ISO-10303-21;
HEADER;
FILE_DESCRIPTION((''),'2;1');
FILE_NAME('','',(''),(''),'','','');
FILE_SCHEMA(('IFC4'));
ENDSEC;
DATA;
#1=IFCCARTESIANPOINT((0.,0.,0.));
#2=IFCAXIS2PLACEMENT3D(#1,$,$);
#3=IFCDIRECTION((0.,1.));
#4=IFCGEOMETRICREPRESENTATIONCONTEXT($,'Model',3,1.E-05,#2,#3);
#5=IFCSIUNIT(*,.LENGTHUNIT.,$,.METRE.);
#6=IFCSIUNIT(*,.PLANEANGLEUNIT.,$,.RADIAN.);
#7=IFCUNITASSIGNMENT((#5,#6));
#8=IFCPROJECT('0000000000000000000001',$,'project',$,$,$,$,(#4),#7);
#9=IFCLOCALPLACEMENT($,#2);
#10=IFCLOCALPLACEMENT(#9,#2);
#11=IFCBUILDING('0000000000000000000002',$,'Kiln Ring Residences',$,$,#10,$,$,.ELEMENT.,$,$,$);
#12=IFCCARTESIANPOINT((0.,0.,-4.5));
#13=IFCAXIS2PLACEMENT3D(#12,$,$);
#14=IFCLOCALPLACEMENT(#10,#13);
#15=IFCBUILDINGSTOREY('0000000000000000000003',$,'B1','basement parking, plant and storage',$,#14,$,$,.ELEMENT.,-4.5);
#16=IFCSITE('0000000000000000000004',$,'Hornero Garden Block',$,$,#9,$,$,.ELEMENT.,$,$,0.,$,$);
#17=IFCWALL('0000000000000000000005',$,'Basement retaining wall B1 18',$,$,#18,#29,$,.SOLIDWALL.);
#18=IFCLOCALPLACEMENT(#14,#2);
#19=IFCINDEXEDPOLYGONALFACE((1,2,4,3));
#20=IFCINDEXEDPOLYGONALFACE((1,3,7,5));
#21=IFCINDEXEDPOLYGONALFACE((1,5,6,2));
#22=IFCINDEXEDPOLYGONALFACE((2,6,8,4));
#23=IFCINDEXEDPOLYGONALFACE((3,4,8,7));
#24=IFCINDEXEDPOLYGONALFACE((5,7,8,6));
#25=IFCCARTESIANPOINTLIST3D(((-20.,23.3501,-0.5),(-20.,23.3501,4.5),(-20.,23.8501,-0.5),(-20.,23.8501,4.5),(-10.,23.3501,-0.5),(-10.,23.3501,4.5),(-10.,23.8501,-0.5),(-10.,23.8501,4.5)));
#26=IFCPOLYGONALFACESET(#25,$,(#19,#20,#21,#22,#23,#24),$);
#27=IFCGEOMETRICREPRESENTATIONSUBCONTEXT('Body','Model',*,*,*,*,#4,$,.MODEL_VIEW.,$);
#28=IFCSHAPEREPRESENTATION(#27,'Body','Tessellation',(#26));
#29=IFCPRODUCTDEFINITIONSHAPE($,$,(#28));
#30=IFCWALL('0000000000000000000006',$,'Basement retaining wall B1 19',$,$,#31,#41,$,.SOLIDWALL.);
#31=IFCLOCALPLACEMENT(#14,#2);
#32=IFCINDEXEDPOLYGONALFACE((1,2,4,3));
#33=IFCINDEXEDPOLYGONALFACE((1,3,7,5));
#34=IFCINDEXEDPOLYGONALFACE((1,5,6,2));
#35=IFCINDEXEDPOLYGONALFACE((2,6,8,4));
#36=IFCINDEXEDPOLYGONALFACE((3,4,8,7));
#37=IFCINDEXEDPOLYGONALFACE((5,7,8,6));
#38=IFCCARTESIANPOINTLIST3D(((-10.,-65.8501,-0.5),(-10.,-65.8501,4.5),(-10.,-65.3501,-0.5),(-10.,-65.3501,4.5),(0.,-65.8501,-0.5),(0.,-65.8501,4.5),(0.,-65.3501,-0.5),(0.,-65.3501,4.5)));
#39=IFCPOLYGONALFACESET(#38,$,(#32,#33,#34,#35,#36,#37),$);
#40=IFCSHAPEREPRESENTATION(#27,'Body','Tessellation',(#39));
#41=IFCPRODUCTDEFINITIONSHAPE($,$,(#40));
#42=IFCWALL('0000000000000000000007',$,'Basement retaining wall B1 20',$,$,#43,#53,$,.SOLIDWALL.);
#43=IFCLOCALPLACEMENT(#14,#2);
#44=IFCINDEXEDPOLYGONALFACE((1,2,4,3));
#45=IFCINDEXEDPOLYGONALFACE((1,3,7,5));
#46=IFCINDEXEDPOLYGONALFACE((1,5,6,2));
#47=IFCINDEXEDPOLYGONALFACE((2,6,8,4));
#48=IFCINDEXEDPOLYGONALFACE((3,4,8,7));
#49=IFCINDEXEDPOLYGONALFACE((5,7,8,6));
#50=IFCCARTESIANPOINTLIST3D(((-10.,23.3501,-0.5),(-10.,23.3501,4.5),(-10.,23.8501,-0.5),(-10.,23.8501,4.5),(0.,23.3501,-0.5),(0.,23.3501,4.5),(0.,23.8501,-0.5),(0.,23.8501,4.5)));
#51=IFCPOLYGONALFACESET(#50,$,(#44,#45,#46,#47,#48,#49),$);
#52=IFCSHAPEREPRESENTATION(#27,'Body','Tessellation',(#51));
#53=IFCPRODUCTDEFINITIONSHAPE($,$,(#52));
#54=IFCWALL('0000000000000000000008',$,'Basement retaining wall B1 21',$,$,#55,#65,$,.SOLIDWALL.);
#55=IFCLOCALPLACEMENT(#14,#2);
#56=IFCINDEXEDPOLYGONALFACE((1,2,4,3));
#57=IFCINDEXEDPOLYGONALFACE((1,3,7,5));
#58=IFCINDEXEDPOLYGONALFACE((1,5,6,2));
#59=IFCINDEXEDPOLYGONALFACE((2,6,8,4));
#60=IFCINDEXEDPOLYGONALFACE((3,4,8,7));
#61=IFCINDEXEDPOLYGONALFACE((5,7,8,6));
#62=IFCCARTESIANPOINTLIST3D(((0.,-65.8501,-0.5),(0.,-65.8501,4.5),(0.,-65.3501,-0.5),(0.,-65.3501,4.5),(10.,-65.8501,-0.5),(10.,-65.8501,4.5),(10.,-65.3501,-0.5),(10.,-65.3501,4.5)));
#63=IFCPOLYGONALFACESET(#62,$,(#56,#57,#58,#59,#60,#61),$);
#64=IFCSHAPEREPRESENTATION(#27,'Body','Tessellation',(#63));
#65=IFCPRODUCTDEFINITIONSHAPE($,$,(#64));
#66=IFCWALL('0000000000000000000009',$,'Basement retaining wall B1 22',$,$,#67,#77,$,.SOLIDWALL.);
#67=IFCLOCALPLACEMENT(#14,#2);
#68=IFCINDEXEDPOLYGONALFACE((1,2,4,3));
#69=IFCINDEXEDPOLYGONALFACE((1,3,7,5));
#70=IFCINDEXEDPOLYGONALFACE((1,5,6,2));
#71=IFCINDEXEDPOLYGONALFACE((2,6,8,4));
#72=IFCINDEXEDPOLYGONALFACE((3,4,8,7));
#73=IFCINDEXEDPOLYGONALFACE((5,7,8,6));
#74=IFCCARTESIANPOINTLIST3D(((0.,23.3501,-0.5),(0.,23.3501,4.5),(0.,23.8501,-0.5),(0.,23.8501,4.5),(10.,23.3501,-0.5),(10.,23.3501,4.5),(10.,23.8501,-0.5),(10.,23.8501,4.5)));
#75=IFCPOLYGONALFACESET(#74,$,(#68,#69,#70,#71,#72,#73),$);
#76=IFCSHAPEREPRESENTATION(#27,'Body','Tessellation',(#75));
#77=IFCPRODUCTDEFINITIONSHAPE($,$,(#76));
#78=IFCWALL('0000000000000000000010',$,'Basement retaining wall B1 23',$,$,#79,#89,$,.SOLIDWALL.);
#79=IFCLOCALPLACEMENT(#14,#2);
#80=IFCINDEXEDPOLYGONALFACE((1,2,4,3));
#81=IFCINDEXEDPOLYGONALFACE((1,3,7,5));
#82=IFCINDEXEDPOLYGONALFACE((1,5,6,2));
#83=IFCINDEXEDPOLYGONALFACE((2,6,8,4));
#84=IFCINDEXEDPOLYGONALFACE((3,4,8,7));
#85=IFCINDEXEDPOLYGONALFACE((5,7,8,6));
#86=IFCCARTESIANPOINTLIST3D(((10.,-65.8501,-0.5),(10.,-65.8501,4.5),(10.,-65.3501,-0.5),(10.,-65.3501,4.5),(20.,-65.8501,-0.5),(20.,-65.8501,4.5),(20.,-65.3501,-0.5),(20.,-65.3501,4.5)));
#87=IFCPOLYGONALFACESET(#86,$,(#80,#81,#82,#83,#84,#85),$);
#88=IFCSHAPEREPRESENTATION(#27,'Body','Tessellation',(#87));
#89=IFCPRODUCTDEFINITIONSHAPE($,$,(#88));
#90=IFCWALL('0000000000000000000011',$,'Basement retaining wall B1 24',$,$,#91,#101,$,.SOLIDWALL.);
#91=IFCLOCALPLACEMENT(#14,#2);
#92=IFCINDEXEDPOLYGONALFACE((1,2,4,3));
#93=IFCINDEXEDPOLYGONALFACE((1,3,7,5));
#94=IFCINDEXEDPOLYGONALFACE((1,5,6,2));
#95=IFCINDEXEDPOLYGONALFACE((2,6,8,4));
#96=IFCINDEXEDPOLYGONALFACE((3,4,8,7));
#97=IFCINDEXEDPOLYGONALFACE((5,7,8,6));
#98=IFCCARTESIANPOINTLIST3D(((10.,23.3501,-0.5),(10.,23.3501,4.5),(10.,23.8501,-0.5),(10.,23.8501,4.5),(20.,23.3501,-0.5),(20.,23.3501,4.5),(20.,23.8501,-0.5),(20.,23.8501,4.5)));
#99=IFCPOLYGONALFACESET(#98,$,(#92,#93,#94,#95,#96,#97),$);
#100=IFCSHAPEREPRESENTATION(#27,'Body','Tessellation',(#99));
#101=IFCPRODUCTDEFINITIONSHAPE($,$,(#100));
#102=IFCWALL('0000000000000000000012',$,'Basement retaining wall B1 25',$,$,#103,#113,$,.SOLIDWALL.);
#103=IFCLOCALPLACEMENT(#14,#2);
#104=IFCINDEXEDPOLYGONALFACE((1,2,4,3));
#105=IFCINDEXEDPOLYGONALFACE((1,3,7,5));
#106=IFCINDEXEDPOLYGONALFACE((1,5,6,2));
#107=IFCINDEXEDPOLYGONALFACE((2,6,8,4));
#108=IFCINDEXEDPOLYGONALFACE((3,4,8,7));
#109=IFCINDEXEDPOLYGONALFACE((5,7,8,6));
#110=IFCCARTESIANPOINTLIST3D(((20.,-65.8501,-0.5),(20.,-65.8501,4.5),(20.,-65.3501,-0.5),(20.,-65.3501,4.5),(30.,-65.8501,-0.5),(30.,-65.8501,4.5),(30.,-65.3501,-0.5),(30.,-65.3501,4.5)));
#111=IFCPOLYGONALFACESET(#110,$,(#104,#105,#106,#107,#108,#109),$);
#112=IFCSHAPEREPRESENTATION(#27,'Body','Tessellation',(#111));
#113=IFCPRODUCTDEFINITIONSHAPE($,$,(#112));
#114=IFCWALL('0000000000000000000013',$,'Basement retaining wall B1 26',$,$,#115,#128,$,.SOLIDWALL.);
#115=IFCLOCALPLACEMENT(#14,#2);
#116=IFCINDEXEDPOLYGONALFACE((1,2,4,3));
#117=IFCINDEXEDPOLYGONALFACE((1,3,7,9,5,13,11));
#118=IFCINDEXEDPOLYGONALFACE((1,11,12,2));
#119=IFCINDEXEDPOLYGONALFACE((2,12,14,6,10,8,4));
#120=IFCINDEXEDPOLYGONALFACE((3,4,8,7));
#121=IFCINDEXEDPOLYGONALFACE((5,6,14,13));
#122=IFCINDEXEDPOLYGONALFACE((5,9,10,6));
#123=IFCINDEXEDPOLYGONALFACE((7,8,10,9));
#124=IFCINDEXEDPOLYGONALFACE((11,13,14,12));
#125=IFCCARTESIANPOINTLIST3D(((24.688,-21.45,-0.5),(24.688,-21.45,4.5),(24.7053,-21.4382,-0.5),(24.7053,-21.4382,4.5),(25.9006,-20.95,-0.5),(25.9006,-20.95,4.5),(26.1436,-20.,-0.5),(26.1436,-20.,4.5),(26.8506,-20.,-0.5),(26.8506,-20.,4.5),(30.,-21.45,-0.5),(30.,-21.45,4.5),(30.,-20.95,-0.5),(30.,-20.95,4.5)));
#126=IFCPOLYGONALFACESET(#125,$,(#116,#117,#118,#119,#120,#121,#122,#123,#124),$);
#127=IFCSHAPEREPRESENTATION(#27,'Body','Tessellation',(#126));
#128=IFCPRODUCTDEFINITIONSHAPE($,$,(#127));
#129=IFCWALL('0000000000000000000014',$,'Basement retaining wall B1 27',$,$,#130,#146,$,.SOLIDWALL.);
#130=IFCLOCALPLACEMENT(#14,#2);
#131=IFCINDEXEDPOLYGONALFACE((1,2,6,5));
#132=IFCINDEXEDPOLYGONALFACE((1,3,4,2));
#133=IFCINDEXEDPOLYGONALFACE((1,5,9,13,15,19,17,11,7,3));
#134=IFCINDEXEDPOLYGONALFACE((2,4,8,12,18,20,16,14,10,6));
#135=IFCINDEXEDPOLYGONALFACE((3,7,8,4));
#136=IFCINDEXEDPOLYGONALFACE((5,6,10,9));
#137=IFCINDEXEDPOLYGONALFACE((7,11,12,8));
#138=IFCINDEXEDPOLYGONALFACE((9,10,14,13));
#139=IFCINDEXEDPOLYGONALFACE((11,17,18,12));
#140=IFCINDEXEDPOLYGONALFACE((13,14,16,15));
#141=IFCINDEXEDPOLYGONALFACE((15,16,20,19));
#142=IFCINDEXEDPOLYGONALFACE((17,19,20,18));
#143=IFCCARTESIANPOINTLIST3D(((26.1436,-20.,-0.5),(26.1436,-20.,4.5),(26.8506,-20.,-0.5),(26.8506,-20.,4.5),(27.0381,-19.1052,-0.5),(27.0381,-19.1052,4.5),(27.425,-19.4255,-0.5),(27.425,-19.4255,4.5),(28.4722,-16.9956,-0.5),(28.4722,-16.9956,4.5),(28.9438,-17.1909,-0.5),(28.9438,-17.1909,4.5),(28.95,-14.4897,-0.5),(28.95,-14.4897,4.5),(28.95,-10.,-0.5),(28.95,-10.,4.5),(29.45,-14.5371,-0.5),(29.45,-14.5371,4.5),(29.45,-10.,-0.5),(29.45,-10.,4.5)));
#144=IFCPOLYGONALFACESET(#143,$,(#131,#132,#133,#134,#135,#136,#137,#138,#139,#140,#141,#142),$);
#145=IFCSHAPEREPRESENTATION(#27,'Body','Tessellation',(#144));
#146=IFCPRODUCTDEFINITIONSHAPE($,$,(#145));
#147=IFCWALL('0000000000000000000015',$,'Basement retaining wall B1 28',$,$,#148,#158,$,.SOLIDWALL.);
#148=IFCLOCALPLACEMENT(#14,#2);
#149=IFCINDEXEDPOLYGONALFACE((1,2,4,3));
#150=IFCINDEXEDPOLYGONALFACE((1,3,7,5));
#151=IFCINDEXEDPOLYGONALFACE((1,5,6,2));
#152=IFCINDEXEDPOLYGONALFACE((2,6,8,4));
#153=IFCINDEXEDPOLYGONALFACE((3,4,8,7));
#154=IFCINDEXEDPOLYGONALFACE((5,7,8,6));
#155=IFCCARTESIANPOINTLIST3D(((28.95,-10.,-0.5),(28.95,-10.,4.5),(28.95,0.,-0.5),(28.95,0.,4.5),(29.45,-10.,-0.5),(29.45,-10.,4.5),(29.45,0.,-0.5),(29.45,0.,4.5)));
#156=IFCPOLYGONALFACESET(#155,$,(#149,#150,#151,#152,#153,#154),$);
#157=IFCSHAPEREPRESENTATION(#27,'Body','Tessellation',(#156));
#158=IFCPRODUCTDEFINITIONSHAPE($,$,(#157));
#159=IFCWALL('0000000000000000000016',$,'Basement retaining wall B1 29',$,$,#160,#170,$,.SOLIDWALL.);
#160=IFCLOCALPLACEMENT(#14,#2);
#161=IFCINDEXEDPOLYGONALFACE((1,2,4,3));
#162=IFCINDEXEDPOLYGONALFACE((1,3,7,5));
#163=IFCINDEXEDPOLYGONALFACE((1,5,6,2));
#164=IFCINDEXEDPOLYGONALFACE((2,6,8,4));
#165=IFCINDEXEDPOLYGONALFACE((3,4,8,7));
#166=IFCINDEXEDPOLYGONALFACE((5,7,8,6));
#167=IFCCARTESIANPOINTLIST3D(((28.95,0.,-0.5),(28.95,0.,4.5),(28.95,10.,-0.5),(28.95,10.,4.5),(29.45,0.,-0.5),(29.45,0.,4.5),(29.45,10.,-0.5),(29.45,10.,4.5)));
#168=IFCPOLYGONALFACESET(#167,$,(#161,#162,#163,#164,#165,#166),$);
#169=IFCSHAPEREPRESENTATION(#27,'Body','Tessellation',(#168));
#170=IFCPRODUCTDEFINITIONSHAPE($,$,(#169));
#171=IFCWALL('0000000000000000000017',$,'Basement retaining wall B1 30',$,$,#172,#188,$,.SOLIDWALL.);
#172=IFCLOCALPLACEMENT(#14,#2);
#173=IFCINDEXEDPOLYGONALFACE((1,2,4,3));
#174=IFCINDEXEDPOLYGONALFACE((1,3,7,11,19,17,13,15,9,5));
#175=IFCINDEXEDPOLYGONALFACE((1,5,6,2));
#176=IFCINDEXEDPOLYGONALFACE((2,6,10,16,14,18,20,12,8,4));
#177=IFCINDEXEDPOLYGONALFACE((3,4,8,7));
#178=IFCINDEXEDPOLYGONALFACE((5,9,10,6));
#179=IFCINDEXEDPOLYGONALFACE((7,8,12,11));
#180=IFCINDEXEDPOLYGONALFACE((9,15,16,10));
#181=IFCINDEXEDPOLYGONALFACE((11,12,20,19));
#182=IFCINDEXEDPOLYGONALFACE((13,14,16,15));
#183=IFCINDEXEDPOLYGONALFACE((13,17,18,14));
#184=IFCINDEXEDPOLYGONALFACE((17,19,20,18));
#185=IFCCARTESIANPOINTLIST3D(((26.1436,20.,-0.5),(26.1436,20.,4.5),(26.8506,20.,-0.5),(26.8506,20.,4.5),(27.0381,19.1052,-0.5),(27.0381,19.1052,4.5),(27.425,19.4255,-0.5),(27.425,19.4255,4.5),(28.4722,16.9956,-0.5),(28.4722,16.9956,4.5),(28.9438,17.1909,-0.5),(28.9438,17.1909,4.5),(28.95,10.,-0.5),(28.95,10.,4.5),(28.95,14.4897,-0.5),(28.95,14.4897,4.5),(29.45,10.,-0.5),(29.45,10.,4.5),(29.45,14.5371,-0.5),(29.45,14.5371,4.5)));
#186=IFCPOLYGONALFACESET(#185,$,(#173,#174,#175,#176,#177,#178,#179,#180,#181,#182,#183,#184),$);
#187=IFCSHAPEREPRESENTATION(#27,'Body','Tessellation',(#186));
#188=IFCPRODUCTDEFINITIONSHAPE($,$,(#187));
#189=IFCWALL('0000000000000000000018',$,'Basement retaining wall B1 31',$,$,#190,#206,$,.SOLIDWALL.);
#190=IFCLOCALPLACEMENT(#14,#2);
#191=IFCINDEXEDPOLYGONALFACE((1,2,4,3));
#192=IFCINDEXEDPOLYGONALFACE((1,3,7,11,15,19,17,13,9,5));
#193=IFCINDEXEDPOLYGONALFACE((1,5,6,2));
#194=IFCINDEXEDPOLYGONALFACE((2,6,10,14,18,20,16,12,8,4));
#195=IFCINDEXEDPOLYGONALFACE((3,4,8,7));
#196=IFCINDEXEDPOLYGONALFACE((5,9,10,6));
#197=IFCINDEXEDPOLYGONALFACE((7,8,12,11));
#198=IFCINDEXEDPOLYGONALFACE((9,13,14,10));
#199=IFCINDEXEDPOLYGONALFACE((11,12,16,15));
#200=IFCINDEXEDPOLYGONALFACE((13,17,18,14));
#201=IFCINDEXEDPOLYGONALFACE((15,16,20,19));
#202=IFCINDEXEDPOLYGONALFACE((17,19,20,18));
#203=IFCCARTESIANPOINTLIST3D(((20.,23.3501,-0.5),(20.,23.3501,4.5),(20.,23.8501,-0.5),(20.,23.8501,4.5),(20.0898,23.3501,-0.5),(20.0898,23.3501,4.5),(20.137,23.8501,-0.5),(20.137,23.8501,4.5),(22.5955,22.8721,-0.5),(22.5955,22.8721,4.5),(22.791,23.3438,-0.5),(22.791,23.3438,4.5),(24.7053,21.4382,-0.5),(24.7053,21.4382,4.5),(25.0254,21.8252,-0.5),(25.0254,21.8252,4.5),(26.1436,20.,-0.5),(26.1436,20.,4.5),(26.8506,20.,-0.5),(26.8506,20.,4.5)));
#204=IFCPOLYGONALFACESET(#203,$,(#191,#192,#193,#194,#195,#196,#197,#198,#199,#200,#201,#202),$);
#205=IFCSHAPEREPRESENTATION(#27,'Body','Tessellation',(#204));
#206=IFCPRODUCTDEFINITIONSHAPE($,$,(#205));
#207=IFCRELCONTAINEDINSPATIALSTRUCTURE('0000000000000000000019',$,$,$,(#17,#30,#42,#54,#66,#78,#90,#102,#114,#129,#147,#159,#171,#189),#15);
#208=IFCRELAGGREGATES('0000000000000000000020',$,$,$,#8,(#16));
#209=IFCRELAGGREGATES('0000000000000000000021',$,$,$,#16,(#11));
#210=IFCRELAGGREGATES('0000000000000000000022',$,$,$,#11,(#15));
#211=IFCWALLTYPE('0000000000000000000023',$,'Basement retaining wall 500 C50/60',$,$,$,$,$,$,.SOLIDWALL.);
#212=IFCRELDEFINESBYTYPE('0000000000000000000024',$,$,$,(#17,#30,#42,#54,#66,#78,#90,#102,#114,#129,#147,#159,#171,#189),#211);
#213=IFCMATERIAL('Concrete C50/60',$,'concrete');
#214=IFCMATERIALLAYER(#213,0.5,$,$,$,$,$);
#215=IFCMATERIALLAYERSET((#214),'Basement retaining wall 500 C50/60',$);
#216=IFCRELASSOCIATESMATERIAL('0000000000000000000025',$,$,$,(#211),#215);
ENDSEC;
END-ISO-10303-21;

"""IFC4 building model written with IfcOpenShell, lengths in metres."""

from ifc_helpers import new_model, si_unit, direction, frame, origin, place, context, subcontext, project, spatial, polyline, outline, extrude, material, layer, layer_set, type_object, element, save


model = new_model("IFC4")

# Units and contexts
model_context = context("Model", 3, precision=1e-05, world=origin(), true_north=direction((0.0, 1.0)))
body_context = subcontext(model_context, "Body", "Model", "MODEL_VIEW")
ifc_project = project(units=[si_unit("LENGTHUNIT", "METRE"), si_unit("PLANEANGLEUNIT", "RADIAN")], contexts=[model_context])

# Site, building, storey
site_placement = place(None, origin())
site = spatial("IfcSite", under=ifc_project, at=site_placement, Name="Hornero Garden Block", CompositionType="ELEMENT", RefElevation=0.0)
building_placement = place(site_placement, origin())
building = spatial("IfcBuilding", under=site, at=building_placement, Name="Kiln Ring Residences", CompositionType="ELEMENT")
storey_placement = place(building_placement, frame((0.0, 0.0, -4.5)))
storey = spatial("IfcBuildingStorey", under=building, at=storey_placement, Name="B1", Description="basement parking, plant and storage", CompositionType="ELEMENT", Elevation=-4.5)

# Walls
ifc_material_1 = material(Name="Concrete C50/60", Category="concrete")
ifc_layer_1 = layer(ifc_material_1, 0.5)
ifc_layer_set_1 = layer_set([ifc_layer_1], Name="Basement retaining wall 500 C50/60")
wall_type_1 = type_object("IfcWallType", Name="Basement retaining wall 500 C50/60", PredefinedType="SOLIDWALL", material=ifc_layer_set_1)
placement = place(storey_placement, frame((0.0, 0.0, -0.5)))
element("IfcWall", 1, at=placement, inside=storey, type_object=wall_type_1, Name="Basement retaining wall B1 18", PredefinedType="SOLIDWALL", context=body_context, shape_type="SweptSolid", body=[
    extrude(outline(polyline([(-20.0, 23.8501), (-20.0, 23.3501), (-10.0, 23.3501), (-10.0, 23.8501), (-20.0, 23.8501)])), origin(), (0.0, 0.0, 1.0), 5.0),
])
element("IfcWall", 2, at=placement, inside=storey, type_object=wall_type_1, Name="Basement retaining wall B1 19", PredefinedType="SOLIDWALL", context=body_context, shape_type="SweptSolid", body=[
    extrude(outline(polyline([(0.0, -65.8501), (0.0, -65.3501), (-10.0, -65.3501), (-10.0, -65.8501), (0.0, -65.8501)])), origin(), (0.0, 0.0, 1.0), 5.0),
])
element("IfcWall", 3, at=placement, inside=storey, type_object=wall_type_1, Name="Basement retaining wall B1 20", PredefinedType="SOLIDWALL", context=body_context, shape_type="SweptSolid", body=[
    extrude(outline(polyline([(-10.0, 23.8501), (-10.0, 23.3501), (0.0, 23.3501), (0.0, 23.8501), (-10.0, 23.8501)])), origin(), (0.0, 0.0, 1.0), 5.0),
])
element("IfcWall", 4, at=placement, inside=storey, type_object=wall_type_1, Name="Basement retaining wall B1 21", PredefinedType="SOLIDWALL", context=body_context, shape_type="SweptSolid", body=[
    extrude(outline(polyline([(10.0, -65.8501), (10.0, -65.3501), (0.0, -65.3501), (0.0, -65.8501), (10.0, -65.8501)])), origin(), (0.0, 0.0, 1.0), 5.0),
])
element("IfcWall", 5, at=placement, inside=storey, type_object=wall_type_1, Name="Basement retaining wall B1 22", PredefinedType="SOLIDWALL", context=body_context, shape_type="SweptSolid", body=[
    extrude(outline(polyline([(0.0, 23.8501), (0.0, 23.3501), (10.0, 23.3501), (10.0, 23.8501), (0.0, 23.8501)])), origin(), (0.0, 0.0, 1.0), 5.0),
])
element("IfcWall", 6, at=placement, inside=storey, type_object=wall_type_1, Name="Basement retaining wall B1 23", PredefinedType="SOLIDWALL", context=body_context, shape_type="SweptSolid", body=[
    extrude(outline(polyline([(20.0, -65.8501), (20.0, -65.3501), (10.0, -65.3501), (10.0, -65.8501), (20.0, -65.8501)])), origin(), (0.0, 0.0, 1.0), 5.0),
])
element("IfcWall", 7, at=placement, inside=storey, type_object=wall_type_1, Name="Basement retaining wall B1 24", PredefinedType="SOLIDWALL", context=body_context, shape_type="SweptSolid", body=[
    extrude(outline(polyline([(10.0, 23.8501), (10.0, 23.3501), (20.0, 23.3501), (20.0, 23.8501), (10.0, 23.8501)])), origin(), (0.0, 0.0, 1.0), 5.0),
])
element("IfcWall", 8, at=placement, inside=storey, type_object=wall_type_1, Name="Basement retaining wall B1 25", PredefinedType="SOLIDWALL", context=body_context, shape_type="SweptSolid", body=[
    extrude(outline(polyline([(30.0, -65.8501), (30.0, -65.3501), (20.0, -65.3501), (20.0, -65.8501), (30.0, -65.8501)])), origin(), (0.0, 0.0, 1.0), 5.0),
])
element("IfcWall", 9, at=placement, inside=storey, type_object=wall_type_1, Name="Basement retaining wall B1 26", PredefinedType="SOLIDWALL", context=body_context, shape_type="SweptSolid", body=[
    extrude(outline(polyline([(26.8506, -20.0), (26.1436, -20.0), (24.7053, -21.4382), (24.688, -21.45), (30.0, -21.45), (30.0, -20.95), (25.9006, -20.95), (26.8506, -20.0)])), origin(), (0.0, 0.0, 1.0), 5.0),
])
element("IfcWall", 10, at=placement, inside=storey, type_object=wall_type_1, Name="Basement retaining wall B1 27", PredefinedType="SOLIDWALL", context=body_context, shape_type="SweptSolid", body=[
    extrude(outline(polyline([(29.45, -10.0), (28.95, -10.0), (28.95, -14.4897), (28.4722, -16.9956), (27.0381, -19.1052), (26.1436, -20.0), (26.8506, -20.0), (27.425, -19.4255), (28.9438, -17.1909), (29.45, -14.5371), (29.45, -10.0)])), origin(), (0.0, 0.0, 1.0), 5.0),
])
element("IfcWall", 11, at=placement, inside=storey, type_object=wall_type_1, Name="Basement retaining wall B1 28", PredefinedType="SOLIDWALL", context=body_context, shape_type="SweptSolid", body=[
    extrude(outline(polyline([(29.45, 0.0), (28.95, 0.0), (28.95, -10.0), (29.45, -10.0), (29.45, 0.0)])), origin(), (0.0, 0.0, 1.0), 5.0),
])
element("IfcWall", 12, at=placement, inside=storey, type_object=wall_type_1, Name="Basement retaining wall B1 29", PredefinedType="SOLIDWALL", context=body_context, shape_type="SweptSolid", body=[
    extrude(outline(polyline([(29.45, 10.0), (28.95, 10.0), (28.95, 0.0), (29.45, 0.0), (29.45, 10.0)])), origin(), (0.0, 0.0, 1.0), 5.0),
])
element("IfcWall", 13, at=placement, inside=storey, type_object=wall_type_1, Name="Basement retaining wall B1 30", PredefinedType="SOLIDWALL", context=body_context, shape_type="SweptSolid", body=[
    extrude(outline(polyline([(26.8506, 20.0), (26.1436, 20.0), (27.0381, 19.1052), (28.4722, 16.9956), (28.95, 14.4897), (28.95, 10.0), (29.45, 10.0), (29.45, 14.5371), (28.9438, 17.1909), (27.425, 19.4255), (26.8506, 20.0)])), origin(), (0.0, 0.0, 1.0), 5.0),
])
element("IfcWall", 14, at=placement, inside=storey, type_object=wall_type_1, Name="Basement retaining wall B1 31", PredefinedType="SOLIDWALL", context=body_context, shape_type="SweptSolid", body=[
    extrude(outline(polyline([(20.0, 23.8501), (20.0, 23.3501), (20.0898, 23.3501), (22.5955, 22.8721), (24.7053, 21.4382), (26.1436, 20.0), (26.8506, 20.0), (25.0254, 21.8252), (22.791, 23.3438), (20.137, 23.8501), (20.0, 23.8501)])), origin(), (0.0, 0.0, 1.0), 5.0),
])

save(model, "model.ifc")
